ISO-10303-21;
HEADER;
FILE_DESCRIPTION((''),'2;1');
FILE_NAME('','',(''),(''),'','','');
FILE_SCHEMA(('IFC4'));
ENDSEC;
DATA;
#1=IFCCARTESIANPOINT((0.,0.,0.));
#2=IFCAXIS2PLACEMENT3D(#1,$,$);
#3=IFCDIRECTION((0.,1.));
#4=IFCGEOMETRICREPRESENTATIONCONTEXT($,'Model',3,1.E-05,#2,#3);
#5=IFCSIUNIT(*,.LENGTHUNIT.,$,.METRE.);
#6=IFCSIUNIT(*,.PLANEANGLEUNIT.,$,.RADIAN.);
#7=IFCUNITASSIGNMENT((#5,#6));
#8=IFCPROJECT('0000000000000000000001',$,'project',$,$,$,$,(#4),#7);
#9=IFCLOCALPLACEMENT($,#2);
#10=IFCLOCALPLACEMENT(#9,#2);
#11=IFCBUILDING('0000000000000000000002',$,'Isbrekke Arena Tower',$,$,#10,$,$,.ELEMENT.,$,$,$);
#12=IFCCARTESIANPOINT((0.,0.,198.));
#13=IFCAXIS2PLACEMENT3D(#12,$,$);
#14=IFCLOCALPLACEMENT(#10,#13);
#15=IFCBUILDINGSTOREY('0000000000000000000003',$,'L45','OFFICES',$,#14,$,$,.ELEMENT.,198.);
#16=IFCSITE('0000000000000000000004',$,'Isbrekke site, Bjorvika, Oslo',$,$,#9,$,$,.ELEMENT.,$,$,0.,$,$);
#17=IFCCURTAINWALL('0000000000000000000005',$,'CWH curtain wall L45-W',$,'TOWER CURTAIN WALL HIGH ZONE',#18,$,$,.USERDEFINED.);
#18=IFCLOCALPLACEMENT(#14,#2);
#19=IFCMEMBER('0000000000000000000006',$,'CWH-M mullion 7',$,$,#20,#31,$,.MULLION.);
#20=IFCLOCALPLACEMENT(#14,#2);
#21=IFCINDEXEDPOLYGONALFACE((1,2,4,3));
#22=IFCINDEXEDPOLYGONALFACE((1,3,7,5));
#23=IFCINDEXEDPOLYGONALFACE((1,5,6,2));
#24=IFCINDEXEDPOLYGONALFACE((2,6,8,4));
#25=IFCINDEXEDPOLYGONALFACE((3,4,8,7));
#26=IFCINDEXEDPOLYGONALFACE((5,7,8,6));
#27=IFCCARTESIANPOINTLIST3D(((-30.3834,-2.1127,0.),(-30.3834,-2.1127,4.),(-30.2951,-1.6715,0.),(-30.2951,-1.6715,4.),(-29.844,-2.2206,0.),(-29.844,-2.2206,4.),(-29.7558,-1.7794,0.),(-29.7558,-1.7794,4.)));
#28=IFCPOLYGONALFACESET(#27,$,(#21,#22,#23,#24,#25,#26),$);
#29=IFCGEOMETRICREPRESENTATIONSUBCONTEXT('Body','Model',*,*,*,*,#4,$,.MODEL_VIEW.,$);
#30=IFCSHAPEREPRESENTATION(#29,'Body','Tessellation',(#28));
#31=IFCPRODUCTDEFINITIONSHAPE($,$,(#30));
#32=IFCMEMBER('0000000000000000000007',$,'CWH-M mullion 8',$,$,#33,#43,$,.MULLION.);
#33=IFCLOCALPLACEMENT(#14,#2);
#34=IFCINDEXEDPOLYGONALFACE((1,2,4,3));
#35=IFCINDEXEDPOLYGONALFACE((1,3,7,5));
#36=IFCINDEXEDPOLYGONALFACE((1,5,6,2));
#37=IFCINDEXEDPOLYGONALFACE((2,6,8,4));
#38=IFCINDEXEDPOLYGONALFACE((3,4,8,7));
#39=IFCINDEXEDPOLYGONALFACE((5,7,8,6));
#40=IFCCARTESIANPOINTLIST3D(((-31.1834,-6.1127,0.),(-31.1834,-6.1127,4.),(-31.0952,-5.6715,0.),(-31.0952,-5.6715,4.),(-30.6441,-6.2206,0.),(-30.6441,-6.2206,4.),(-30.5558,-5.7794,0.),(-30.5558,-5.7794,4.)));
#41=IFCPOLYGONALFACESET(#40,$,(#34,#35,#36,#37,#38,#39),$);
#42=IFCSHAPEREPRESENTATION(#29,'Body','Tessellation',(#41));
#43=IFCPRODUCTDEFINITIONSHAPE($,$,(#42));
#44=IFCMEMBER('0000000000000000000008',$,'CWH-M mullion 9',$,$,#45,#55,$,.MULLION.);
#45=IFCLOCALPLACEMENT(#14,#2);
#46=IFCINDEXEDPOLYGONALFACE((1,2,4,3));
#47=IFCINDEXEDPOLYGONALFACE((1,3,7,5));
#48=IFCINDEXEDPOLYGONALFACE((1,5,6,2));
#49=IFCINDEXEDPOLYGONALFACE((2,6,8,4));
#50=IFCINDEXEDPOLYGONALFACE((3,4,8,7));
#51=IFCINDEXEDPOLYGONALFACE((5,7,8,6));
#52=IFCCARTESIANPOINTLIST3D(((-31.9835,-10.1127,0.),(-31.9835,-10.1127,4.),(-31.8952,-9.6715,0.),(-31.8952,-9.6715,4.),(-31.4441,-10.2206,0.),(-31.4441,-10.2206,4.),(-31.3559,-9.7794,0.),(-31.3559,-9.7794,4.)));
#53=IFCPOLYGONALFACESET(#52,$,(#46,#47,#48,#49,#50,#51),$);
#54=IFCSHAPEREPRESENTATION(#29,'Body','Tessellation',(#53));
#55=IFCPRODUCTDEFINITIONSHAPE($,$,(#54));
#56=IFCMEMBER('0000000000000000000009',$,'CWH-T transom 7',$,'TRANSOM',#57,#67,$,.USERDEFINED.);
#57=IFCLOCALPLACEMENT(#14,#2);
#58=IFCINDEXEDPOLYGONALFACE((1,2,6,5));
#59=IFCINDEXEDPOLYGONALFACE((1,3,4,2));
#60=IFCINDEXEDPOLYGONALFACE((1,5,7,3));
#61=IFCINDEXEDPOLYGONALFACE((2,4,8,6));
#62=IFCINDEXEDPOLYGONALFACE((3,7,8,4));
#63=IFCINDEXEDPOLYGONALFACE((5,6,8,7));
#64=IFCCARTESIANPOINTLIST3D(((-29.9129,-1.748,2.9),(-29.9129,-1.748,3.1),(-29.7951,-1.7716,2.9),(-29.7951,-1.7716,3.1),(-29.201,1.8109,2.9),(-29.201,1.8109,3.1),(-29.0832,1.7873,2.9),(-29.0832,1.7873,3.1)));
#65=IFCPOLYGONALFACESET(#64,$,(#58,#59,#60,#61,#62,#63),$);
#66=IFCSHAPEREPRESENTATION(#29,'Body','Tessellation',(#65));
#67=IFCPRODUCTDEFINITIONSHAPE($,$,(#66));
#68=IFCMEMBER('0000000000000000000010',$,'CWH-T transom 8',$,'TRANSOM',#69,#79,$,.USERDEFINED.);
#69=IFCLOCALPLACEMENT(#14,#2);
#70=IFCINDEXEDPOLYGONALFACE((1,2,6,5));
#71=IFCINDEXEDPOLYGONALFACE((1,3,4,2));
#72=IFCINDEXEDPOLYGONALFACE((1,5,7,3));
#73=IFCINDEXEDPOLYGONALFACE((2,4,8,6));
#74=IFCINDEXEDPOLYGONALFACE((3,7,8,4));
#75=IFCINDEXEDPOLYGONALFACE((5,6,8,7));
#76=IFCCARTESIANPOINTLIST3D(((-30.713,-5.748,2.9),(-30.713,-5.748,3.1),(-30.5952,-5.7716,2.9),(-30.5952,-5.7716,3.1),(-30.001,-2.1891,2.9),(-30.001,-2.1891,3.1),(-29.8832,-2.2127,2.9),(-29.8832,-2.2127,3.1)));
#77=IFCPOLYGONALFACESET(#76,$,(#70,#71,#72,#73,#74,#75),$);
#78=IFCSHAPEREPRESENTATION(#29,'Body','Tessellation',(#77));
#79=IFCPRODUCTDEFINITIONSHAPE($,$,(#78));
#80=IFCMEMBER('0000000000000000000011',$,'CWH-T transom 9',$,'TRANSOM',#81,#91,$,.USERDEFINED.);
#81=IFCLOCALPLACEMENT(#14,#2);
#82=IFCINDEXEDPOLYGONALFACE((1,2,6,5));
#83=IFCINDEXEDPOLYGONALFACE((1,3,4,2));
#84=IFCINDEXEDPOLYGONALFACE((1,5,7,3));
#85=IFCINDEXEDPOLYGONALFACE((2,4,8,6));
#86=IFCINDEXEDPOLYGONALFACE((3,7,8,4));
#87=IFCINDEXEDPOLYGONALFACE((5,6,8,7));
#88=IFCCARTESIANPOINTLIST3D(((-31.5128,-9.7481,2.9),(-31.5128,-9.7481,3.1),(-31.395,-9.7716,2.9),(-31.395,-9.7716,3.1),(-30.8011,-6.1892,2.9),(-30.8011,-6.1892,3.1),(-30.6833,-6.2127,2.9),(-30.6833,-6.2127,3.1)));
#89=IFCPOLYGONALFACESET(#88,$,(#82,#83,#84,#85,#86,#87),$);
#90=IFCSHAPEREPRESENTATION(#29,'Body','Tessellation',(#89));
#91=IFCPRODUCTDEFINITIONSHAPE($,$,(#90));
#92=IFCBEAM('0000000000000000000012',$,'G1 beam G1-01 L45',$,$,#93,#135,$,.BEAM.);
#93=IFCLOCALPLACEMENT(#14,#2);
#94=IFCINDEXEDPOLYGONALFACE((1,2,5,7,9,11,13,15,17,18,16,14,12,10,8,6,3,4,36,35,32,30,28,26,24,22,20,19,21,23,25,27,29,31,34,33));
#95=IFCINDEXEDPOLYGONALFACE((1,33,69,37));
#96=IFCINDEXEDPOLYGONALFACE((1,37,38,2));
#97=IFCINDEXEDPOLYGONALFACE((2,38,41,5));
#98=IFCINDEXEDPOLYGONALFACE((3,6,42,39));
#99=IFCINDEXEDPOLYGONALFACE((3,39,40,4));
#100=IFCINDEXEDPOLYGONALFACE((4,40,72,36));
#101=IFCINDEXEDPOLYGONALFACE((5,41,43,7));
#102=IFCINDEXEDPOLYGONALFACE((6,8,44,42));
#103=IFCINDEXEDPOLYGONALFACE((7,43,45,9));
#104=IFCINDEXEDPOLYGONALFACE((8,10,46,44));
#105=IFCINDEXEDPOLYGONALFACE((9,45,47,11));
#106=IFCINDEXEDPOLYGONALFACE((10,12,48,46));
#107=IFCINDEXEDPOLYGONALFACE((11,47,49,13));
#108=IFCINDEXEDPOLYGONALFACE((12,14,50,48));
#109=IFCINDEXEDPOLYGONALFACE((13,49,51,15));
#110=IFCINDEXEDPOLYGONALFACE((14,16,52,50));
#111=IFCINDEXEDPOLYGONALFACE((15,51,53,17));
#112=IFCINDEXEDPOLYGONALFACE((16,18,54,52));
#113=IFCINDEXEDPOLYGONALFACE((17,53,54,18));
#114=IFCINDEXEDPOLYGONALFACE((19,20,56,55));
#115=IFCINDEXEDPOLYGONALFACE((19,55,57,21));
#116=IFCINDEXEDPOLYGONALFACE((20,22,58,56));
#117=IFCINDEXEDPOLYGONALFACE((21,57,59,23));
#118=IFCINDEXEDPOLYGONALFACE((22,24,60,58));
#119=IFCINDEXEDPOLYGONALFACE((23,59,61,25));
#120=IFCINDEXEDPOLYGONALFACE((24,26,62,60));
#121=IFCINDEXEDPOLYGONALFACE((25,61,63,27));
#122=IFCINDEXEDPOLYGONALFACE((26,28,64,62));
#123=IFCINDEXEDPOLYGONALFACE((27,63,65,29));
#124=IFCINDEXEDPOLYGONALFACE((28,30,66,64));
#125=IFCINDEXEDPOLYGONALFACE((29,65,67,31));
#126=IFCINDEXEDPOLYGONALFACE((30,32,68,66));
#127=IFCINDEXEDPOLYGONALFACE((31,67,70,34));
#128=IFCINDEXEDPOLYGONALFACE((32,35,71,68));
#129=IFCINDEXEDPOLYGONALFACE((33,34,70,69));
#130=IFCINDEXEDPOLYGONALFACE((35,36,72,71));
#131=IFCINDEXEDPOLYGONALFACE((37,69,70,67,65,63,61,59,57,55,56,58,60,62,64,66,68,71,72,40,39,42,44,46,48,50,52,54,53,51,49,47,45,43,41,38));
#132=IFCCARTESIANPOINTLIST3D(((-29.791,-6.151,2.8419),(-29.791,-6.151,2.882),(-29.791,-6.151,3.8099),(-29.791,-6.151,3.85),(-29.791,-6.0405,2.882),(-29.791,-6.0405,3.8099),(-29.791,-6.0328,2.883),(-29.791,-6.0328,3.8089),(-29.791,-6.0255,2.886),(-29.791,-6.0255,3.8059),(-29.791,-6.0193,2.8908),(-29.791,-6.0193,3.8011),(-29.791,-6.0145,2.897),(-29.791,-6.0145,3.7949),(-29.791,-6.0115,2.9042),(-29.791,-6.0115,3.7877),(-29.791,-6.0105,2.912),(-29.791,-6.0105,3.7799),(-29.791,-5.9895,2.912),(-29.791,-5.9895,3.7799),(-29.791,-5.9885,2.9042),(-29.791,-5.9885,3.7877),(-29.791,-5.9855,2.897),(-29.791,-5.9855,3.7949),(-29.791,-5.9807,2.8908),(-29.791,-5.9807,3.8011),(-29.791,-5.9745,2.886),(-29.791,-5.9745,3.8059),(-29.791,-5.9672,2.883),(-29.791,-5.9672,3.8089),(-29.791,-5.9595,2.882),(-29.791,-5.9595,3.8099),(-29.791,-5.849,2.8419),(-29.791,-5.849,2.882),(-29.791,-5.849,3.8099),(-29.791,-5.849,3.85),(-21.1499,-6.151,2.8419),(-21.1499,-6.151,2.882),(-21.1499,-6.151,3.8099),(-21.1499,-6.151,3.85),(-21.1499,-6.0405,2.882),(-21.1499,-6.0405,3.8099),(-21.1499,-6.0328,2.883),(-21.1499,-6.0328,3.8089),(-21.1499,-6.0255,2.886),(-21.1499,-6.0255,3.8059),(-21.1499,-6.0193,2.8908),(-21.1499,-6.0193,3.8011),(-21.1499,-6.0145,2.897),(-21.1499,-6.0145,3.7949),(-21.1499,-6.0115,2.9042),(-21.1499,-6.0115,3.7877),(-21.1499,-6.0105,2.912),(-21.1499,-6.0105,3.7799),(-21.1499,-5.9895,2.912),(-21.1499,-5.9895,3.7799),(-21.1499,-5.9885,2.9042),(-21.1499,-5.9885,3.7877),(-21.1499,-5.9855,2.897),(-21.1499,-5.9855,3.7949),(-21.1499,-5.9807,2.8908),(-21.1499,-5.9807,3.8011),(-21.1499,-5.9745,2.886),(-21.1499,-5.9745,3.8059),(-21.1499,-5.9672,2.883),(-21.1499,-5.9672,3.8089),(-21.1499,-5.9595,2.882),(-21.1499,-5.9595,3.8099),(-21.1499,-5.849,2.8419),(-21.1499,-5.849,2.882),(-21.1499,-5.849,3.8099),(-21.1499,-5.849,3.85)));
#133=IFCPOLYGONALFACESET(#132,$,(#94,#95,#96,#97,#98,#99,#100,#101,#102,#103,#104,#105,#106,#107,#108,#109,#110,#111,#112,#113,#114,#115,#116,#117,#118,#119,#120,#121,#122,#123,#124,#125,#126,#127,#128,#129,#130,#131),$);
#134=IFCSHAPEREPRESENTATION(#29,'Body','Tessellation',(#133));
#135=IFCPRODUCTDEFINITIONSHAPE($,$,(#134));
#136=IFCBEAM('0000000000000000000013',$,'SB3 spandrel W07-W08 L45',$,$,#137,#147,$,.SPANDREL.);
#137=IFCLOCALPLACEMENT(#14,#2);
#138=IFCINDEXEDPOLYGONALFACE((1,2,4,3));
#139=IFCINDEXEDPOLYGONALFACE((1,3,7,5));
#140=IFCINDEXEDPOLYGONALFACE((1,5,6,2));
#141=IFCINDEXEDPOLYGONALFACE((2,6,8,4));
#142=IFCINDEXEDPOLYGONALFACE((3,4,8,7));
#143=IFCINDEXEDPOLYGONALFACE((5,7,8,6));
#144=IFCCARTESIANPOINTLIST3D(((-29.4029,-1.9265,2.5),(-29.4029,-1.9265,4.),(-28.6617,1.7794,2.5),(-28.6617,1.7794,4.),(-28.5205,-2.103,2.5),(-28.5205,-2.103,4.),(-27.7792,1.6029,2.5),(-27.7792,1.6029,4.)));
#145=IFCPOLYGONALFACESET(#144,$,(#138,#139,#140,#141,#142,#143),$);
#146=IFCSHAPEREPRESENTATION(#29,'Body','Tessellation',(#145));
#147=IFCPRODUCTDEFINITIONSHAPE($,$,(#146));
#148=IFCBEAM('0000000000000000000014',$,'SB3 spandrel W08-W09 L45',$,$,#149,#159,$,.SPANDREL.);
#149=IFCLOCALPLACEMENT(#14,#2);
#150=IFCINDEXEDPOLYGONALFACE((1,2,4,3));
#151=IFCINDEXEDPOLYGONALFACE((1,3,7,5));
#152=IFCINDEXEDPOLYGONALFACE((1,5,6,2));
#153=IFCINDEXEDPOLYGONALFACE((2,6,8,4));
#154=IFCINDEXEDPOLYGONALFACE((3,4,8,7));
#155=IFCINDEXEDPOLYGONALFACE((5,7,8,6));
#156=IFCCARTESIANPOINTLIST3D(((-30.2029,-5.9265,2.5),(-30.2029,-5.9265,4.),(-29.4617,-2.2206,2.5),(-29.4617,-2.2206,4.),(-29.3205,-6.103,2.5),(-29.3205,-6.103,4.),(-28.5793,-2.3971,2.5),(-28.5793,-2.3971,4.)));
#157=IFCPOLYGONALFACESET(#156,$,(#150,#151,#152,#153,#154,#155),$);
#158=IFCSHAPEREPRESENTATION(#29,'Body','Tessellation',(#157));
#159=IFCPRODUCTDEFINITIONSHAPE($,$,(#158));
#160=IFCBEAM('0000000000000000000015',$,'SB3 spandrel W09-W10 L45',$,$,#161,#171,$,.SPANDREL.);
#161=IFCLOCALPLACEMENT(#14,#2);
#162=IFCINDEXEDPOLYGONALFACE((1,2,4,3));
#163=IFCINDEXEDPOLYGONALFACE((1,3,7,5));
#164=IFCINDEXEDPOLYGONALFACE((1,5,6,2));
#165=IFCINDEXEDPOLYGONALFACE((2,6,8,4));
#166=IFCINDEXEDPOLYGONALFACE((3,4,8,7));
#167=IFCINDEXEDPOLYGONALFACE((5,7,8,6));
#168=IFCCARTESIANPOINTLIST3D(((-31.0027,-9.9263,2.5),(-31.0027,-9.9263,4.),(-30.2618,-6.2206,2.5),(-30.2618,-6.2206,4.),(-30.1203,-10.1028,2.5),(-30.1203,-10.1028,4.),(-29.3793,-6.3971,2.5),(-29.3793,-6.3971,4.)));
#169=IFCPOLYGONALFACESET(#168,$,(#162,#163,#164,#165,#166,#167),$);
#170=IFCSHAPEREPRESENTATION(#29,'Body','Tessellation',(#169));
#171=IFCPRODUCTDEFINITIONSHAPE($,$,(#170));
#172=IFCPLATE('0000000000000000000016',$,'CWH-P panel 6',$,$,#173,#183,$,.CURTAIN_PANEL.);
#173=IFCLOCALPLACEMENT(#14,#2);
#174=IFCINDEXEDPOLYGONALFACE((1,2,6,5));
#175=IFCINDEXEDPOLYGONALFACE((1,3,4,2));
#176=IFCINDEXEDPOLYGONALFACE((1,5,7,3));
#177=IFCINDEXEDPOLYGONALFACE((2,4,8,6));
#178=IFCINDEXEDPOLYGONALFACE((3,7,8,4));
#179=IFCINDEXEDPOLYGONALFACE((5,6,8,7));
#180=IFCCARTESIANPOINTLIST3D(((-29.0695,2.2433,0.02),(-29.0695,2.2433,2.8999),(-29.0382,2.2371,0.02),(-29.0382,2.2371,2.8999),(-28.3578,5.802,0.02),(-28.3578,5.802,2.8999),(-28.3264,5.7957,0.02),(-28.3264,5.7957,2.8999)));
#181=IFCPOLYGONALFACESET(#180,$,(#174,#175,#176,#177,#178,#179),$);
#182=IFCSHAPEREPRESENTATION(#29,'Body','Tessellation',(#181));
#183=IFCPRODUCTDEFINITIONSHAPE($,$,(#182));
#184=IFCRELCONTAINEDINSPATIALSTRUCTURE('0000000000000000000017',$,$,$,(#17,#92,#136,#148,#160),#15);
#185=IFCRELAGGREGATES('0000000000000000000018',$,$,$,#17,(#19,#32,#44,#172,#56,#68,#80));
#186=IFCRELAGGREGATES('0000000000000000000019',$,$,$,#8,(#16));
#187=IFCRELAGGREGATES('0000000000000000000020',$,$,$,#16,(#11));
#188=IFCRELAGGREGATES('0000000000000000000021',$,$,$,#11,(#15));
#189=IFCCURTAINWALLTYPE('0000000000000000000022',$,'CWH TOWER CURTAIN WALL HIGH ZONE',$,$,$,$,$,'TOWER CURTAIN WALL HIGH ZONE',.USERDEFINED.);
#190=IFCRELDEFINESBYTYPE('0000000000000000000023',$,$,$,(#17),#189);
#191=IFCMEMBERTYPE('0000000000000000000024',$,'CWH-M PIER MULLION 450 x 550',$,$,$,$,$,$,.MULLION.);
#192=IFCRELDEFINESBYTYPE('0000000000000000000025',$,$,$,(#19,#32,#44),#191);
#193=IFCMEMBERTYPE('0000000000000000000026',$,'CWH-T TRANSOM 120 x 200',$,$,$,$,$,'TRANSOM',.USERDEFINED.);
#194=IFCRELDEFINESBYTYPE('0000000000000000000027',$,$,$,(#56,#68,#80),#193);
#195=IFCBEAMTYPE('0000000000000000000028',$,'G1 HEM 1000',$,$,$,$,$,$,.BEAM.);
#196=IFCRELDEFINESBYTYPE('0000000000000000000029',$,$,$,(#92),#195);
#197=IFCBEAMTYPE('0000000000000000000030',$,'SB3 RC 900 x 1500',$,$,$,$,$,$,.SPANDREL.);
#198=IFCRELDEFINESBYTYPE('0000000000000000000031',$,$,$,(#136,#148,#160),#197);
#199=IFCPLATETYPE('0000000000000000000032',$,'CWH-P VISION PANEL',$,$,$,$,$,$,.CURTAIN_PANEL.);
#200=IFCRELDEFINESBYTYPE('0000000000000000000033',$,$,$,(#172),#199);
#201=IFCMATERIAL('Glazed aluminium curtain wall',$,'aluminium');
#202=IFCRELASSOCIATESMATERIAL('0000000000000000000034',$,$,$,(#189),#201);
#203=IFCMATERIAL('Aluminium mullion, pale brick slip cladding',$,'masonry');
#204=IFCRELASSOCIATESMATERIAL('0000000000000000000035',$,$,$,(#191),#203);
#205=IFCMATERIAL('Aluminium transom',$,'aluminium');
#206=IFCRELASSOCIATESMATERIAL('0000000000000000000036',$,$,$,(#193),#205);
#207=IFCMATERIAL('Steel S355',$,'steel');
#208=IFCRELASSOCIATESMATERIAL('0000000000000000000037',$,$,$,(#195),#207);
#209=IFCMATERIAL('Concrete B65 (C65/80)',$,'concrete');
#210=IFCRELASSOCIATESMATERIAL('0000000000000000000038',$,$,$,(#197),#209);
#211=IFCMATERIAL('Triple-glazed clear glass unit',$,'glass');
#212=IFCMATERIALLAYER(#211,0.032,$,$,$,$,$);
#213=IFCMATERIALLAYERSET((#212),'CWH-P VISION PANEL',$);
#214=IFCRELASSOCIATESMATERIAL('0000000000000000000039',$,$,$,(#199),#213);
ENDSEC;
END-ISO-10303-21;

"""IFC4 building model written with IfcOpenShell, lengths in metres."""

from ifc_helpers import new_model, si_unit, direction, frame, origin, origin_2d, place, context, subcontext, project, spatial, rectangle, i_section, extrude, material, layer, layer_set, material_profile, profile_set, type_object, element, aggregate, save


model = new_model("IFC4")

# Units and contexts
model_context = context("Model", 3, precision=1e-05, world=origin(), true_north=direction((0.0, 1.0)))
body_context = subcontext(model_context, "Body", "Model", "MODEL_VIEW")
ifc_project = project(units=[si_unit("LENGTHUNIT", "METRE"), si_unit("PLANEANGLEUNIT", "RADIAN")], contexts=[model_context])

# Site, building, storey
site_placement = place(None, origin())
site = spatial("IfcSite", under=ifc_project, at=site_placement, Name="Isbrekke site, Bjorvika, Oslo", CompositionType="ELEMENT", RefElevation=0.0)
building_placement = place(site_placement, origin())
building = spatial("IfcBuilding", under=site, at=building_placement, Name="Isbrekke Arena Tower", CompositionType="ELEMENT")
storey_placement = place(building_placement, frame((0.0, 0.0, 198.0)))
storey = spatial("IfcBuildingStorey", under=building, at=storey_placement, Name="L45", Description="OFFICES", CompositionType="ELEMENT", Elevation=198.0)

# Curtain wall, members
ifc_material_1 = material(Name="Glazed aluminium curtain wall", Category="aluminium")
curtain_wall_type = type_object("IfcCurtainWallType", Name="CWH TOWER CURTAIN WALL HIGH ZONE", ElementType="TOWER CURTAIN WALL HIGH ZONE", PredefinedType="USERDEFINED", material=ifc_material_1)
curtain_wall_placement = place(storey_placement, origin())
curtain_wall = element("IfcCurtainWall", 1, at=curtain_wall_placement, inside=storey, type_object=curtain_wall_type, Name="CWH curtain wall L45-W", ObjectType="TOWER CURTAIN WALL HIGH ZONE", PredefinedType="USERDEFINED")
ifc_material_2 = material(Name="Aluminium mullion, pale brick slip cladding", Category="masonry")
ifc_material_profile_1 = material_profile(ifc_material_2, rectangle(XDim=0.45, YDim=0.55, at=origin_2d()), Name="PIER 450X550")
ifc_profile_set_1 = profile_set([ifc_material_profile_1], Name="Aluminium mullion, pale brick slip cladding")
member_type_1 = type_object("IfcMemberType", Name="CWH-M PIER MULLION 450 x 550", PredefinedType="MULLION", material=ifc_profile_set_1)
member_1_placement = place(storey_placement, frame((-30.0696, -1.946, 0.0), z_axis=(0.0, 0.0, 1.0), x_axis=(-0.196116, -0.980581, 0.0)))
member_1 = element("IfcMember", 2, at=member_1_placement, type_object=member_type_1, Name="CWH-M mullion 7", PredefinedType="MULLION", context=body_context, shape_type="SweptSolid", body=[
    extrude(rectangle(XDim=0.45, YDim=0.55, at=origin_2d()), origin(), (0.0, 0.0, 1.0), 4.0),
])
member_2_placement = place(storey_placement, frame((-30.8696, -5.946, 0.0), z_axis=(0.0, 0.0, 1.0), x_axis=(-0.196116, -0.980581, 0.0)))
member_2 = element("IfcMember", 3, at=member_2_placement, type_object=member_type_1, Name="CWH-M mullion 8", PredefinedType="MULLION", context=body_context, shape_type="SweptSolid", body=[
    extrude(rectangle(XDim=0.45, YDim=0.55, at=origin_2d()), origin(), (0.0, 0.0, 1.0), 4.0),
])
member_3_placement = place(storey_placement, frame((-31.6697, -9.946, 0.0), z_axis=(0.0, 0.0, 1.0), x_axis=(-0.196116, -0.980581, 0.0)))
member_3 = element("IfcMember", 4, at=member_3_placement, type_object=member_type_1, Name="CWH-M mullion 9", PredefinedType="MULLION", context=body_context, shape_type="SweptSolid", body=[
    extrude(rectangle(XDim=0.45, YDim=0.55, at=origin_2d()), origin(), (0.0, 0.0, 1.0), 4.0),
])
ifc_material_3 = material(Name="Aluminium transom", Category="aluminium")
ifc_material_profile_2 = material_profile(ifc_material_3, rectangle(XDim=0.1201, YDim=0.2, at=origin_2d()), Name="TRANSOM 120X200")
ifc_profile_set_2 = profile_set([ifc_material_profile_2], Name="Aluminium transom")
member_type_2 = type_object("IfcMemberType", Name="CWH-T TRANSOM 120 x 200", ElementType="TRANSOM", PredefinedType="USERDEFINED", material=ifc_profile_set_2)
member_4_placement = place(storey_placement, frame((-29.1421, 1.7991, 3.0), z_axis=(-0.196155, -0.980573, 0.0), x_axis=(0.980573, -0.196155, 0.0)))
member_4 = element("IfcMember", 5, at=member_4_placement, type_object=member_type_2, Name="CWH-T transom 7", ObjectType="TRANSOM", PredefinedType="USERDEFINED", context=body_context, shape_type="SweptSolid", body=[
    extrude(rectangle(XDim=0.1201, YDim=0.2, at=origin_2d()), origin(), (0.0, 0.0, 1.0), 3.6294),
])
member_5_placement = place(storey_placement, frame((-29.9421, -2.2009, 3.0), z_axis=(-0.196155, -0.980573, 0.0), x_axis=(0.980573, -0.196155, 0.0)))
member_5 = element("IfcMember", 6, at=member_5_placement, type_object=member_type_2, Name="CWH-T transom 8", ObjectType="TRANSOM", PredefinedType="USERDEFINED", context=body_context, shape_type="SweptSolid", body=[
    extrude(rectangle(XDim=0.1201, YDim=0.2, at=origin_2d()), origin(), (0.0, 0.0, 1.0), 3.6294),
])
member_6_placement = place(storey_placement, frame((-30.7422, -6.2009, 3.0), z_axis=(-0.19609, -0.980586, 0.0), x_axis=(0.980586, -0.19609, 0.0)))
member_6 = element("IfcMember", 7, at=member_6_placement, type_object=member_type_2, Name="CWH-T transom 9", ObjectType="TRANSOM", PredefinedType="USERDEFINED", context=body_context, shape_type="SweptSolid", body=[
    extrude(rectangle(XDim=0.1201, YDim=0.2, at=origin_2d()), origin(), (0.0, 0.0, 1.0), 3.6294),
])

# Beams
ifc_material_4 = material(Name="Steel S355", Category="steel")
ifc_material_profile_3 = material_profile(ifc_material_4, i_section(OverallWidth=0.302, OverallDepth=1.0081, WebThickness=0.021, FlangeThickness=0.04, FilletRadius=0.03, at=origin_2d()), Name="HEM 1000")
ifc_profile_set_3 = profile_set([ifc_material_profile_3], Name="Steel S355")
beam_type_1 = type_object("IfcBeamType", Name="G1 HEM 1000", PredefinedType="BEAM", material=ifc_profile_set_3)
beam_1_placement = place(storey_placement, frame((-29.791, -6.0, 3.3459), z_axis=(1.0, 0.0, 0.0), x_axis=(0.0, 1.0, 0.0)))
element("IfcBeam", 8, at=beam_1_placement, inside=storey, type_object=beam_type_1, Name="G1 beam G1-01 L45", PredefinedType="BEAM", context=body_context, shape_type="SweptSolid", body=[
    extrude(i_section(OverallWidth=0.302, OverallDepth=1.0081, WebThickness=0.021, FlangeThickness=0.04, FilletRadius=0.03, at=origin_2d()), origin(), (0.0, 0.0, 1.0), 8.6411),
])
ifc_material_5 = material(Name="Concrete B65 (C65/80)", Category="concrete")
ifc_material_profile_4 = material_profile(ifc_material_5, rectangle(XDim=0.8999, YDim=1.5, at=origin_2d()), Name="RC 900x1500")
ifc_profile_set_4 = profile_set([ifc_material_profile_4], Name="Concrete B65 (C65/80)")
beam_type_2 = type_object("IfcBeamType", Name="SB3 RC 900 x 1500", PredefinedType="SPANDREL", material=ifc_profile_set_4)
for number, where, z_axis, x_axis, name in (
    (9, (-28.2205, 1.6912, 3.25), (-0.196129, -0.980578, 0.0), (0.980578, -0.196129, 0.0), "SB3 spandrel W07-W08 L45"),
    (10, (-29.0205, -2.3088, 3.25), (-0.196129, -0.980578, 0.0), (0.980578, -0.196129, 0.0), "SB3 spandrel W08-W09 L45"),
):
    element("IfcBeam", number, at=place(storey_placement, frame(where, z_axis=z_axis, x_axis=x_axis)), inside=storey, type_object=beam_type_2, Name=name, PredefinedType="SPANDREL", context=body_context, shape_type="SweptSolid", body=[
        extrude(rectangle(XDim=0.8999, YDim=1.5, at=origin_2d()), origin(), (0.0, 0.0, 1.0), 3.7793),
    ])
beam_2_placement = place(storey_placement, frame((-29.8206, -6.3088, 3.25), z_axis=(-0.196066, -0.980591, 0.0), x_axis=(0.980591, -0.196066, 0.0)))
element("IfcBeam", 11, at=beam_2_placement, inside=storey, type_object=beam_type_2, Name="SB3 spandrel W09-W10 L45", PredefinedType="SPANDREL", context=body_context, shape_type="SweptSolid", body=[
    extrude(rectangle(XDim=0.8999, YDim=1.5, at=origin_2d()), origin(), (0.0, 0.0, 1.0), 3.7791),
])

# Plate
ifc_material_6 = material(Name="Triple-glazed clear glass unit", Category="glass")
ifc_layer_1 = layer(ifc_material_6, 0.032)
ifc_layer_set_1 = layer_set([ifc_layer_1], Name="CWH-P VISION PANEL")
plate_type = type_object("IfcPlateType", Name="CWH-P VISION PANEL", PredefinedType="CURTAIN_PANEL", material=ifc_layer_set_1)
plate_1_placement = place(storey_placement, frame((-28.698, 4.0195, 0.02), z_axis=(0.0, 0.0, 1.0), x_axis=(-0.196116, -0.980581, 0.0)))
plate_1 = element("IfcPlate", 12, at=plate_1_placement, type_object=plate_type, Name="CWH-P panel 6", PredefinedType="CURTAIN_PANEL", context=body_context, shape_type="SweptSolid", body=[
    extrude(rectangle(XDim=3.6292, YDim=0.032, at=origin_2d()), origin(), (0.0, 0.0, 1.0), 2.8799),
])
aggregate(curtain_wall, [member_1, member_2, member_3, plate_1, member_4, member_5, member_6])

save(model, "model.ifc")
